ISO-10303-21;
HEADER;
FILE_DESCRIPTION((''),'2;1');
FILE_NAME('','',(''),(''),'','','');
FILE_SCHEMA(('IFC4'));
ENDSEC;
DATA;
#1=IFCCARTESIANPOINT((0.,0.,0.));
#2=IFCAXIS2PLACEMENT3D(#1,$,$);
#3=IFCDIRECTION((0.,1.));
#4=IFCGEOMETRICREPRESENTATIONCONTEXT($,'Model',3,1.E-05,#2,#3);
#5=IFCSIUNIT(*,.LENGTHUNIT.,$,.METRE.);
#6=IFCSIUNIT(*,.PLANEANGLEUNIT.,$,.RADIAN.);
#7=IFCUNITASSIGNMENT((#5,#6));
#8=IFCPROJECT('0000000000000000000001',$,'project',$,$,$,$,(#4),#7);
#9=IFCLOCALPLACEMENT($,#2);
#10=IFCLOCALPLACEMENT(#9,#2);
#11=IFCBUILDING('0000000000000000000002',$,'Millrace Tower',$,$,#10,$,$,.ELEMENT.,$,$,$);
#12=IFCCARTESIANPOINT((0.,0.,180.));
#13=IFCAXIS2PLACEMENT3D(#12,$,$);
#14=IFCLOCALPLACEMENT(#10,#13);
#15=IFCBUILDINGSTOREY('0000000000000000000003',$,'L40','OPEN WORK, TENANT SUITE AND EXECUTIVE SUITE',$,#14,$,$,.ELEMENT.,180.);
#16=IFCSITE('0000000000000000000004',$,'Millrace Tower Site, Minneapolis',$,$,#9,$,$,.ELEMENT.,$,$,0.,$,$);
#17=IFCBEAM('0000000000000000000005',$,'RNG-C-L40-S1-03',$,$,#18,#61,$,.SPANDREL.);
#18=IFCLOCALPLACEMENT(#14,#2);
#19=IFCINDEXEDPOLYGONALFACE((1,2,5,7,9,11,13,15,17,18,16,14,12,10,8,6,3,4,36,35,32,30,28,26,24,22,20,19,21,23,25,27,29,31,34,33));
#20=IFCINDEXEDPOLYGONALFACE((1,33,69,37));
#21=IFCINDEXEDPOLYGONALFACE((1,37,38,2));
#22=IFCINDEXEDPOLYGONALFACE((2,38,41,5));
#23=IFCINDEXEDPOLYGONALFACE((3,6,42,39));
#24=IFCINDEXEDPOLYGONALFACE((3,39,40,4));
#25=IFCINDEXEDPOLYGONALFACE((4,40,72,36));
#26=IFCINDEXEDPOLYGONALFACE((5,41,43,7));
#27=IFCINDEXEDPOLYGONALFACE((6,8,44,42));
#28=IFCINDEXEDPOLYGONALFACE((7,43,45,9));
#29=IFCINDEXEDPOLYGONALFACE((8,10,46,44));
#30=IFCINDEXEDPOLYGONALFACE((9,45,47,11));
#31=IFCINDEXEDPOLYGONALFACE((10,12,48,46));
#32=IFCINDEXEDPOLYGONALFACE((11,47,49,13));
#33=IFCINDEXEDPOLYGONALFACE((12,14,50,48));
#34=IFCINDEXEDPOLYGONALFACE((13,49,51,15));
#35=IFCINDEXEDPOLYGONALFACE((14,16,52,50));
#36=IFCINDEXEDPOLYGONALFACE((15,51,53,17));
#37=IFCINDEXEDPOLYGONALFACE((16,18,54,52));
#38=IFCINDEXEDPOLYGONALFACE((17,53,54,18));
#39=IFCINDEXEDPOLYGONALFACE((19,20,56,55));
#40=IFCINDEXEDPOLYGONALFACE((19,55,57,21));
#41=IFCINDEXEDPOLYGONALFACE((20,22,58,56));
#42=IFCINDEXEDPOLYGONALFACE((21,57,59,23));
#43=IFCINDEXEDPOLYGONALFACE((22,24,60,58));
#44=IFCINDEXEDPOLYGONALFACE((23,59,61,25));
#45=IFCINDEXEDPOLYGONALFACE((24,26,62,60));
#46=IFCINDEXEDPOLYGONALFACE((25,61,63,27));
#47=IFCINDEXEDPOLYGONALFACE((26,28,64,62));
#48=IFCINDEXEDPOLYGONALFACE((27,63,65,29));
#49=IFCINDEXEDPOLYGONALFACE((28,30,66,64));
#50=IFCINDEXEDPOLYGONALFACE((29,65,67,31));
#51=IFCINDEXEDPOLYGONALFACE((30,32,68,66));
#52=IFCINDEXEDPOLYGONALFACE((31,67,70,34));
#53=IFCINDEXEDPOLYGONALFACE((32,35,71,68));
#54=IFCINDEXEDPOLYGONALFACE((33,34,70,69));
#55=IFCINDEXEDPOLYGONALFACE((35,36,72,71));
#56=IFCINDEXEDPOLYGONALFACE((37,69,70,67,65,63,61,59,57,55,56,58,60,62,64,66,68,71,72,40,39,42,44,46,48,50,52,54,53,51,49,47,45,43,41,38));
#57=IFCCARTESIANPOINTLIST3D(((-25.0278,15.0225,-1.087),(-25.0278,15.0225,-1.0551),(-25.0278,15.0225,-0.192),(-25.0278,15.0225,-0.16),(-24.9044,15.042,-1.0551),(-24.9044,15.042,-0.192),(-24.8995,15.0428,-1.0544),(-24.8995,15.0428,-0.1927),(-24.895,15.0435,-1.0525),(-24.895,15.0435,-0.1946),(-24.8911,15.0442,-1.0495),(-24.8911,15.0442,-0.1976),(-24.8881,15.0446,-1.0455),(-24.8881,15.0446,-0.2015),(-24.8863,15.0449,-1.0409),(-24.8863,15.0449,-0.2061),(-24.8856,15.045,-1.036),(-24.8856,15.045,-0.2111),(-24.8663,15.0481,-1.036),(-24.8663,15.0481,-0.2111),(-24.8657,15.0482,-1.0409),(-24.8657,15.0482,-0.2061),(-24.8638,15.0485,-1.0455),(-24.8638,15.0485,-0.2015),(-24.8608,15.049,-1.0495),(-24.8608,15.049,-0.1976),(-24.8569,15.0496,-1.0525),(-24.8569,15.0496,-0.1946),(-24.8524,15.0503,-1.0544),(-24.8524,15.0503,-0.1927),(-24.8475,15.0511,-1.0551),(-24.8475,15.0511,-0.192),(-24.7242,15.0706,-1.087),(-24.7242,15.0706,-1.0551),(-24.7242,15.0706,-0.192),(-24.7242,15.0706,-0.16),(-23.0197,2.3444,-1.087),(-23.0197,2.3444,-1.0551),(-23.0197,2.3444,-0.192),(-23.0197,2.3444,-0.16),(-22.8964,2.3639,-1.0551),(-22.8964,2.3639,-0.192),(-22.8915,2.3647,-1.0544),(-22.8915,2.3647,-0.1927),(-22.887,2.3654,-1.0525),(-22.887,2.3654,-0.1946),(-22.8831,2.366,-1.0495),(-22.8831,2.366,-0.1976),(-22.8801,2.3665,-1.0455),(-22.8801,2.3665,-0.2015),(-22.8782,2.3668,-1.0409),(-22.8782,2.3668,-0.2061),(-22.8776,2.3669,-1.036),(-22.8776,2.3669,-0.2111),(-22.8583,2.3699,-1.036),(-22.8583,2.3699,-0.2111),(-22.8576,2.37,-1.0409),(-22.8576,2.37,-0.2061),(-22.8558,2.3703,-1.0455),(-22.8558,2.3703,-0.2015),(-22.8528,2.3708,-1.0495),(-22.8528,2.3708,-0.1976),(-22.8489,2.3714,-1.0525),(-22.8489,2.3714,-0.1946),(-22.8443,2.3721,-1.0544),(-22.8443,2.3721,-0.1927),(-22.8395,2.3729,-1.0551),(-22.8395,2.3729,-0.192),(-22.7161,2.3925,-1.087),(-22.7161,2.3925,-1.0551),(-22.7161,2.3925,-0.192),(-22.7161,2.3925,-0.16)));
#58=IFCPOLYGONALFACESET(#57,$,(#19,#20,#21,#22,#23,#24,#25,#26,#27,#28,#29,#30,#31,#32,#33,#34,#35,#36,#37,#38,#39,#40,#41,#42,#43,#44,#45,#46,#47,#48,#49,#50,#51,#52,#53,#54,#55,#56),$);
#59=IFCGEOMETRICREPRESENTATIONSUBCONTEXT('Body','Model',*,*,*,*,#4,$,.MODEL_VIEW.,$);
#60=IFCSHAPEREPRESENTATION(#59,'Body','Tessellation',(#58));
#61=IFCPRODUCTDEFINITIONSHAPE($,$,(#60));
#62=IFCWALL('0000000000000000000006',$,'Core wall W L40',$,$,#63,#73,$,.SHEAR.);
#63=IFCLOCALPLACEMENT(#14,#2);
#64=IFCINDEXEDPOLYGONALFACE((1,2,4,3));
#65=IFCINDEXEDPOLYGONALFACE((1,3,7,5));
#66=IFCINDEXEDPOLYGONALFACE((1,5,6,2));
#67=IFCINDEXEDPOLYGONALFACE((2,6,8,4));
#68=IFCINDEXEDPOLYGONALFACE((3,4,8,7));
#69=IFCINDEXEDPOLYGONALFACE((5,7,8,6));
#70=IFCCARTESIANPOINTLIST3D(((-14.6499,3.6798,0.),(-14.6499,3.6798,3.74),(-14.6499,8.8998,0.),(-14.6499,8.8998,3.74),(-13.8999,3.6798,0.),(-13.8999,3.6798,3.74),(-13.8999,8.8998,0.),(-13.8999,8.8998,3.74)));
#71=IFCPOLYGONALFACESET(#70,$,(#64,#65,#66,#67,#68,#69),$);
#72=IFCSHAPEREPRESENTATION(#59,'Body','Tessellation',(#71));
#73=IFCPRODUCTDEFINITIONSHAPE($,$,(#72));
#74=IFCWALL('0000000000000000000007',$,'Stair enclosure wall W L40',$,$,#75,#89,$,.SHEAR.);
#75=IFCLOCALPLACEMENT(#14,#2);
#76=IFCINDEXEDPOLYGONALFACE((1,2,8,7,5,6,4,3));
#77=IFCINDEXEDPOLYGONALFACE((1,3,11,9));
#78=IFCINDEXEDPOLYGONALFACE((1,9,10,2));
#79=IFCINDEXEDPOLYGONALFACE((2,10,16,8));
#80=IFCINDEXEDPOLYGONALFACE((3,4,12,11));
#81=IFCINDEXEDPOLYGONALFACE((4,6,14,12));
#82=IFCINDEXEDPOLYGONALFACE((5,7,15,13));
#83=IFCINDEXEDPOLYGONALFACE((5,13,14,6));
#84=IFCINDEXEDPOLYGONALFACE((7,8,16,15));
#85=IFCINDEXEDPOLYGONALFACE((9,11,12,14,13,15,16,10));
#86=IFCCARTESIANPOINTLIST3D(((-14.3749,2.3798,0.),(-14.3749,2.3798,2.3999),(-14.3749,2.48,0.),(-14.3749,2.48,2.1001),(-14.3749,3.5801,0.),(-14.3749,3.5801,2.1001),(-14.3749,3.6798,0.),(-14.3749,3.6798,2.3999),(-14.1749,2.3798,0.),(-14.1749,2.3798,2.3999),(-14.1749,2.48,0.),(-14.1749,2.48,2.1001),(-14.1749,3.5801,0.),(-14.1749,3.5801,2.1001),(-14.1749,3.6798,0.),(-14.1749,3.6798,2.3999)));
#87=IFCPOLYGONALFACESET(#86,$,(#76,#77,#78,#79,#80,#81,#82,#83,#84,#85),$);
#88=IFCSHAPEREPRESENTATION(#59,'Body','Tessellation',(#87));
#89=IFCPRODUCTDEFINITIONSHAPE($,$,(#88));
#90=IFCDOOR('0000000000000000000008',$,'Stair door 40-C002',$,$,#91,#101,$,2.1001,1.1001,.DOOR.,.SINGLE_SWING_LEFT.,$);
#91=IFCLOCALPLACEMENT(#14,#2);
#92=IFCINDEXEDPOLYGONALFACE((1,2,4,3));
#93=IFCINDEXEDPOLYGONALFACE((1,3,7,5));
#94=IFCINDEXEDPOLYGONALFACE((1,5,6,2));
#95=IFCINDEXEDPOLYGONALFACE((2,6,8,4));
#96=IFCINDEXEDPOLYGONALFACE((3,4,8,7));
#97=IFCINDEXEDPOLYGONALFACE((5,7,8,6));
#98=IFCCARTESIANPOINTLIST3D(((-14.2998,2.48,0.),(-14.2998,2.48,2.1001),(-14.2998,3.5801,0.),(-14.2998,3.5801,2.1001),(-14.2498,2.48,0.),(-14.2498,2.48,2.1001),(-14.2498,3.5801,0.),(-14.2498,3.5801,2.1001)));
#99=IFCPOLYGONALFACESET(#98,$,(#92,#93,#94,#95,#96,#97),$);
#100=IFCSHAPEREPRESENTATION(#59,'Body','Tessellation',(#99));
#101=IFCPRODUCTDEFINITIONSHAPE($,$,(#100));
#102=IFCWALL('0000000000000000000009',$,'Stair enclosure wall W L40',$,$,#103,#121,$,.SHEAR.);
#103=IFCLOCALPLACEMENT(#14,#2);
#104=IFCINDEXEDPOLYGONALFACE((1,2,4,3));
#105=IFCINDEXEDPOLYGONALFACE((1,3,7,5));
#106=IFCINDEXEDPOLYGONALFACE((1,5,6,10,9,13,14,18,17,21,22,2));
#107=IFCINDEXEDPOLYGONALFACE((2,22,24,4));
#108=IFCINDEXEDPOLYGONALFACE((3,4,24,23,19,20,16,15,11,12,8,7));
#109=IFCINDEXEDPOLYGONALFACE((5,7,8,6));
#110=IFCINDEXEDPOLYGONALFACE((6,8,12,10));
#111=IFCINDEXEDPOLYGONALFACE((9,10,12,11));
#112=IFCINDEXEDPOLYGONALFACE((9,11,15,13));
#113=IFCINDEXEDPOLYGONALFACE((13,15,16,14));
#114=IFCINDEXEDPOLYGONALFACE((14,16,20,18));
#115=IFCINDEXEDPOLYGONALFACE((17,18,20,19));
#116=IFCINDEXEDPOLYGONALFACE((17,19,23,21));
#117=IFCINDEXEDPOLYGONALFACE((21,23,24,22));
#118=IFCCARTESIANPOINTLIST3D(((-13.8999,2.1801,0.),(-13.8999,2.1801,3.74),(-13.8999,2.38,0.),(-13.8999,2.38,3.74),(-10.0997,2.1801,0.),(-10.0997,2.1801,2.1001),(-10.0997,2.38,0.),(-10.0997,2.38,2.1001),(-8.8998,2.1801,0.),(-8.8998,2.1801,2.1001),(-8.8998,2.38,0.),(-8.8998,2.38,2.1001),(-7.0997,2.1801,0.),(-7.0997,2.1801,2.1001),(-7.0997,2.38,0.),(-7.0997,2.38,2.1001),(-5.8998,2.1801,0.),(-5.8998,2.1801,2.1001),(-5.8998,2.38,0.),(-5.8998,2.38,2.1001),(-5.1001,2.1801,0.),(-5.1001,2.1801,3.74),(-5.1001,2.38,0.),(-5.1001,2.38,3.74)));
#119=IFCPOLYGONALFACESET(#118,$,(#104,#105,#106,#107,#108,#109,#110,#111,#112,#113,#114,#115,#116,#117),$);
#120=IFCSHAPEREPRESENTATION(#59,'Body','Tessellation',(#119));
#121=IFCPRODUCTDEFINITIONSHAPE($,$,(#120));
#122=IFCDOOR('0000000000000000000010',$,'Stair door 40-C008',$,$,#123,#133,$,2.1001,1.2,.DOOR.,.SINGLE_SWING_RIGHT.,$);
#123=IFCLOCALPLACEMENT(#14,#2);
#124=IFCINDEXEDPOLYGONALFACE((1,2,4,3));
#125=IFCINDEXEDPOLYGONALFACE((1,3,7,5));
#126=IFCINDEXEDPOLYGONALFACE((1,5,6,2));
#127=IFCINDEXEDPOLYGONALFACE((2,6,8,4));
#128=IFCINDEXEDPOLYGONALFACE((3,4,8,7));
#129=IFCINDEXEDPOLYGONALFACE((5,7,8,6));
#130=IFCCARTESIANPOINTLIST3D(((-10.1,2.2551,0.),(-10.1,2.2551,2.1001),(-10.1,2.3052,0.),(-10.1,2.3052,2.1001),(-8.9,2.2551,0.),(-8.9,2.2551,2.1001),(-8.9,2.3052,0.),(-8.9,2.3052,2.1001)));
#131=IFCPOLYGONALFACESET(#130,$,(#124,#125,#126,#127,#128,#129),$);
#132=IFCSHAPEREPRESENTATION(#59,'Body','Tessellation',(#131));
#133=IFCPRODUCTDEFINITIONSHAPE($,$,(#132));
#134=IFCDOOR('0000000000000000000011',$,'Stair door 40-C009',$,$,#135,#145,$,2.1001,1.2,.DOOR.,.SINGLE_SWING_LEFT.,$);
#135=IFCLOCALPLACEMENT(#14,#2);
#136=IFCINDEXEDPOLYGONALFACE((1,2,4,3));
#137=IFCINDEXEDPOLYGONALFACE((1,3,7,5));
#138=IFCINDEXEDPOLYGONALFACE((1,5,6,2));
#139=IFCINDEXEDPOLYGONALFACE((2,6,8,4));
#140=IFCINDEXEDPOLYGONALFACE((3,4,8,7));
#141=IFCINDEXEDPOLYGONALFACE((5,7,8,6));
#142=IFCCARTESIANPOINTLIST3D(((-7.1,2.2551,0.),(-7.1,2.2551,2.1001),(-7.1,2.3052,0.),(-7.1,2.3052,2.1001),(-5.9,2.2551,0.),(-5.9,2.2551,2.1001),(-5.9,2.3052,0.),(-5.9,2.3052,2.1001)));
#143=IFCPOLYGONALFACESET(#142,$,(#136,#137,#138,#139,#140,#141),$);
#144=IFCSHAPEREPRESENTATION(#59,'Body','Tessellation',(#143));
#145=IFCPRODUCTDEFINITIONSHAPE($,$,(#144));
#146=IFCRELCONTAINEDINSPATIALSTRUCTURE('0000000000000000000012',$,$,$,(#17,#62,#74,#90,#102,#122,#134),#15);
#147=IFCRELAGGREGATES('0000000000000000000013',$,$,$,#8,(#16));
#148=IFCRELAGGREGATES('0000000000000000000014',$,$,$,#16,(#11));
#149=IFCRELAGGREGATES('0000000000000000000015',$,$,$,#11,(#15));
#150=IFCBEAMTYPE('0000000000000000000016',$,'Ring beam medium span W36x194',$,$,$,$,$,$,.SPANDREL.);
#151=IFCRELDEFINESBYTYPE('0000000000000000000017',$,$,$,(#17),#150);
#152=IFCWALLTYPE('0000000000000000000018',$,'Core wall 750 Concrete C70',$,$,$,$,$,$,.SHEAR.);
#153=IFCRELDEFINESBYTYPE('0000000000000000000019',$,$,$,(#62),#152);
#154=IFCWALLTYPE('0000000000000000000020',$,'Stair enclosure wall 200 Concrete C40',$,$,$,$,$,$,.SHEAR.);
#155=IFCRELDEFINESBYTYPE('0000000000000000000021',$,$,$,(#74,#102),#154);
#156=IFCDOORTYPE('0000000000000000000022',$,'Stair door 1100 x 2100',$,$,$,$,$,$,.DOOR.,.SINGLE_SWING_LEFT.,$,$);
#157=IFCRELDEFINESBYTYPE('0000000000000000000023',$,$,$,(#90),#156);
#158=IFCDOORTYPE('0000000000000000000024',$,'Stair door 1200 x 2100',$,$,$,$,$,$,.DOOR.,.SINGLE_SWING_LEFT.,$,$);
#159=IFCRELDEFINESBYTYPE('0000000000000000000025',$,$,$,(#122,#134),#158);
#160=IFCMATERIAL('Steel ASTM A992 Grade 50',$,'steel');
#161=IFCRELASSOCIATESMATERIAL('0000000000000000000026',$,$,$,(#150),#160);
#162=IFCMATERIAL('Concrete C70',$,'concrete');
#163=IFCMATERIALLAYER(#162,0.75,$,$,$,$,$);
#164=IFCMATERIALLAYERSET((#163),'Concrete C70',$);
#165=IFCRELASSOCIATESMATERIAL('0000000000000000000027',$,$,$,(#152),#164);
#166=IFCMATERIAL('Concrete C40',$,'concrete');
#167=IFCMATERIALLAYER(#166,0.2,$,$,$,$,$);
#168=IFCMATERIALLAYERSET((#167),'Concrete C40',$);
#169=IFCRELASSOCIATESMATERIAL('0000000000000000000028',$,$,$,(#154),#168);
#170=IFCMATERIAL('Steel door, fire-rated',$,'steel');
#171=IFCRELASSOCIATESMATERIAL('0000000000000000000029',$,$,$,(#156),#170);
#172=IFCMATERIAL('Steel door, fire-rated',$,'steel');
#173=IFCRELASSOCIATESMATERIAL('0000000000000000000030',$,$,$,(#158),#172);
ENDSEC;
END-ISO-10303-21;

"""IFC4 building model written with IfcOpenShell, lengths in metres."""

from ifc_helpers import new_model, si_unit, direction, frame, frame_2d, origin, origin_2d, place, context, subcontext, project, spatial, rectangle, i_section, extrude, material, layer, layer_set, material_profile, profile_set, type_object, element, fill, save


model = new_model("IFC4")

# Units and contexts
model_context = context("Model", 3, precision=1e-05, world=origin(), true_north=direction((0.0, 1.0)))
body_context = subcontext(model_context, "Body", "Model", "MODEL_VIEW")
ifc_project = project(units=[si_unit("LENGTHUNIT", "METRE"), si_unit("PLANEANGLEUNIT", "RADIAN")], contexts=[model_context])

# Site, building, storey
site_placement = place(None, origin())
site = spatial("IfcSite", under=ifc_project, at=site_placement, Name="Millrace Tower Site, Minneapolis", CompositionType="ELEMENT", RefElevation=0.0)
building_placement = place(site_placement, origin())
building = spatial("IfcBuilding", under=site, at=building_placement, Name="Millrace Tower", CompositionType="ELEMENT")
storey_placement = place(building_placement, frame((0.0, 0.0, 180.0)))
storey = spatial("IfcBuildingStorey", under=building, at=storey_placement, Name="L40", Description="OPEN WORK, TENANT SUITE AND EXECUTIVE SUITE", CompositionType="ELEMENT", Elevation=180.0)

# Beam
ifc_material_1 = material(Name="Steel ASTM A992 Grade 50", Category="steel")
ifc_material_profile_1 = material_profile(ifc_material_1, i_section(OverallWidth=0.3074, OverallDepth=0.927, WebThickness=0.0195, FlangeThickness=0.032, FilletRadius=0.019, at=origin_2d()))
ifc_profile_set_1 = profile_set([ifc_material_profile_1], Name="Steel ASTM A992 Grade 50")
beam_type_1 = type_object("IfcBeamType", Name="Ring beam medium span W36x194", PredefinedType="SPANDREL", material=ifc_profile_set_1)
beam_1_placement = place(storey_placement, frame((-22.8679, 2.3684, -0.6235), z_axis=(-0.156436, 0.987688, 0.0), x_axis=(-0.987688, -0.156436, 0.0)))
element("IfcBeam", 1, at=beam_1_placement, inside=storey, type_object=beam_type_1, Name="RNG-C-L40-S1-03", PredefinedType="SPANDREL", context=body_context, shape_type="SweptSolid", body=[
    extrude(i_section(OverallWidth=0.3074, OverallDepth=0.927, WebThickness=0.0195, FlangeThickness=0.032, FilletRadius=0.019, at=origin_2d()), origin(), (0.0, 0.0, 1.0), 12.8362),
])

# Wall
ifc_material_2 = material(Name="Concrete C70", Category="concrete")
ifc_layer_1 = layer(ifc_material_2, 0.75)
ifc_layer_set_1 = layer_set([ifc_layer_1], Name="Concrete C70")
wall_type_1 = type_object("IfcWallType", Name="Core wall 750 Concrete C70", PredefinedType="SHEAR", material=ifc_layer_set_1)
wall_1_placement = place(storey_placement, frame((-14.2749, 3.6799, 0.0), z_axis=(0.0, 0.0, 1.0), x_axis=(0.0, 1.0, 0.0)))
element("IfcWall", 2, at=wall_1_placement, inside=storey, type_object=wall_type_1, Name="Core wall W L40", PredefinedType="SHEAR", context=body_context, shape_type="SweptSolid", body=[
    extrude(rectangle(XDim=5.22, YDim=0.75, at=frame_2d((2.6099, 0.0))), origin(), (0.0, 0.0, 1.0), 3.74),
])

# Wall, opening, door
ifc_material_3 = material(Name="Concrete C40", Category="concrete")
ifc_layer_2 = layer(ifc_material_3, 0.2)
ifc_layer_set_2 = layer_set([ifc_layer_2], Name="Concrete C40")
wall_type_2 = type_object("IfcWallType", Name="Stair enclosure wall 200 Concrete C40", PredefinedType="SHEAR", material=ifc_layer_set_2)
wall_2_placement = place(storey_placement, frame((-14.2749, 2.3799, 0.0), z_axis=(0.0, 0.0, 1.0), x_axis=(0.0, 1.0, 0.0)))
wall_2 = element("IfcWall", 3, at=wall_2_placement, inside=storey, type_object=wall_type_2, Name="Stair enclosure wall W L40", PredefinedType="SHEAR", context=body_context, shape_type="SweptSolid", body=[
    extrude(rectangle(XDim=1.3, YDim=0.2, at=frame_2d((0.6499, 0.0))), origin(), (0.0, 0.0, 1.0), 2.3999),
])
opening_1_placement = place(wall_2_placement, frame((0.1001, 0.0, 0.0)))
opening_1 = element("IfcOpeningElement", 4, at=opening_1_placement, cuts=wall_2, PredefinedType="OPENING", context=body_context, shape_type="SweptSolid", body=[
    extrude(rectangle(XDim=1.1001, YDim=2.1001, at=frame_2d((0.55, 1.05))), frame((0.0, 0.1099, 0.0), z_axis=(0.0, -1.0, 0.0), x_axis=(1.0, 0.0, 0.0)), (0.0, 0.0, 1.0), 0.22),
])
ifc_material_4 = material(Name="Steel door, fire-rated", Category="steel")
door_type_1 = type_object("IfcDoorType", Name="Stair door 1100 x 2100", OperationType="SINGLE_SWING_LEFT", PredefinedType="DOOR", material=ifc_material_4)
door_1_placement = place(opening_1_placement, origin())
door_1 = element("IfcDoor", 5, at=door_1_placement, inside=storey, type_object=door_type_1, Name="Stair door 40-C002", OperationType="SINGLE_SWING_LEFT", OverallHeight=2.1001, OverallWidth=1.1001, PredefinedType="DOOR", context=body_context, shape_type="SweptSolid", body=[
    extrude(rectangle(XDim=1.1001, YDim=2.1001, at=frame_2d((0.55, 1.05))), frame((0.0, 0.0249, 0.0), z_axis=(0.0, -1.0, 0.0), x_axis=(1.0, 0.0, 0.0)), (0.0, 0.0, 1.0), 0.05),
])
fill(opening_1, door_1)

# Wall, openings, doors
wall_3_placement = place(storey_placement, frame((-13.8999, 2.28, 0.0), z_axis=(0.0, 0.0, 1.0), x_axis=(1.0, 0.0, 0.0)))
wall_3 = element("IfcWall", 6, at=wall_3_placement, inside=storey, type_object=wall_type_2, Name="Stair enclosure wall W L40", PredefinedType="SHEAR", context=body_context, shape_type="SweptSolid", body=[
    extrude(rectangle(XDim=8.7998, YDim=0.2, at=frame_2d((4.3999, 0.0))), origin(), (0.0, 0.0, 1.0), 3.74),
])
opening_2_placement = place(wall_3_placement, frame((3.8, 0.0, 0.0)))
opening_2 = element("IfcOpeningElement", 7, at=opening_2_placement, cuts=wall_3, PredefinedType="OPENING", context=body_context, shape_type="SweptSolid", body=[
    extrude(rectangle(XDim=1.2, YDim=2.1001, at=frame_2d((0.6001, 1.05))), frame((0.0, 0.1099, 0.0), z_axis=(0.0, -1.0, 0.0), x_axis=(1.0, 0.0, 0.0)), (0.0, 0.0, 1.0), 0.22),
])
opening_3_placement = place(wall_3_placement, frame((6.8, 0.0, 0.0)))
opening_3 = element("IfcOpeningElement", 8, at=opening_3_placement, cuts=wall_3, PredefinedType="OPENING", context=body_context, shape_type="SweptSolid", body=[
    extrude(rectangle(XDim=1.2, YDim=2.1001, at=frame_2d((0.6001, 1.05))), frame((0.0, 0.1099, 0.0), z_axis=(0.0, -1.0, 0.0), x_axis=(1.0, 0.0, 0.0)), (0.0, 0.0, 1.0), 0.22),
])
ifc_material_5 = material(Name="Steel door, fire-rated", Category="steel")
door_type_2 = type_object("IfcDoorType", Name="Stair door 1200 x 2100", OperationType="SINGLE_SWING_LEFT", PredefinedType="DOOR", material=ifc_material_5)
door_2_placement = place(opening_2_placement, frame((1.2, 0.0, 0.0), z_axis=(0.0, 0.0, 1.0), x_axis=(-1.0, 0.0, 0.0)))
door_2 = element("IfcDoor", 9, at=door_2_placement, inside=storey, type_object=door_type_2, Name="Stair door 40-C008", OperationType="SINGLE_SWING_RIGHT", OverallHeight=2.1001, OverallWidth=1.2, PredefinedType="DOOR", context=body_context, shape_type="SweptSolid", body=[
    extrude(rectangle(XDim=1.2, YDim=2.1001, at=frame_2d((0.6001, 1.05))), frame((0.0, 0.0249, 0.0), z_axis=(0.0, -1.0, 0.0), x_axis=(1.0, 0.0, 0.0)), (0.0, 0.0, 1.0), 0.05),
])
fill(opening_2, door_2)
door_3_placement = place(opening_3_placement, frame((1.2, 0.0, 0.0), z_axis=(0.0, 0.0, 1.0), x_axis=(-1.0, 0.0, 0.0)))
door_3 = element("IfcDoor", 10, at=door_3_placement, inside=storey, type_object=door_type_2, Name="Stair door 40-C009", OperationType="SINGLE_SWING_LEFT", OverallHeight=2.1001, OverallWidth=1.2, PredefinedType="DOOR", context=body_context, shape_type="SweptSolid", body=[
    extrude(rectangle(XDim=1.2, YDim=2.1001, at=frame_2d((0.6001, 1.05))), frame((0.0, 0.0249, 0.0), z_axis=(0.0, -1.0, 0.0), x_axis=(1.0, 0.0, 0.0)), (0.0, 0.0, 1.0), 0.05),
])
fill(opening_3, door_3)

save(model, "model.ifc")
